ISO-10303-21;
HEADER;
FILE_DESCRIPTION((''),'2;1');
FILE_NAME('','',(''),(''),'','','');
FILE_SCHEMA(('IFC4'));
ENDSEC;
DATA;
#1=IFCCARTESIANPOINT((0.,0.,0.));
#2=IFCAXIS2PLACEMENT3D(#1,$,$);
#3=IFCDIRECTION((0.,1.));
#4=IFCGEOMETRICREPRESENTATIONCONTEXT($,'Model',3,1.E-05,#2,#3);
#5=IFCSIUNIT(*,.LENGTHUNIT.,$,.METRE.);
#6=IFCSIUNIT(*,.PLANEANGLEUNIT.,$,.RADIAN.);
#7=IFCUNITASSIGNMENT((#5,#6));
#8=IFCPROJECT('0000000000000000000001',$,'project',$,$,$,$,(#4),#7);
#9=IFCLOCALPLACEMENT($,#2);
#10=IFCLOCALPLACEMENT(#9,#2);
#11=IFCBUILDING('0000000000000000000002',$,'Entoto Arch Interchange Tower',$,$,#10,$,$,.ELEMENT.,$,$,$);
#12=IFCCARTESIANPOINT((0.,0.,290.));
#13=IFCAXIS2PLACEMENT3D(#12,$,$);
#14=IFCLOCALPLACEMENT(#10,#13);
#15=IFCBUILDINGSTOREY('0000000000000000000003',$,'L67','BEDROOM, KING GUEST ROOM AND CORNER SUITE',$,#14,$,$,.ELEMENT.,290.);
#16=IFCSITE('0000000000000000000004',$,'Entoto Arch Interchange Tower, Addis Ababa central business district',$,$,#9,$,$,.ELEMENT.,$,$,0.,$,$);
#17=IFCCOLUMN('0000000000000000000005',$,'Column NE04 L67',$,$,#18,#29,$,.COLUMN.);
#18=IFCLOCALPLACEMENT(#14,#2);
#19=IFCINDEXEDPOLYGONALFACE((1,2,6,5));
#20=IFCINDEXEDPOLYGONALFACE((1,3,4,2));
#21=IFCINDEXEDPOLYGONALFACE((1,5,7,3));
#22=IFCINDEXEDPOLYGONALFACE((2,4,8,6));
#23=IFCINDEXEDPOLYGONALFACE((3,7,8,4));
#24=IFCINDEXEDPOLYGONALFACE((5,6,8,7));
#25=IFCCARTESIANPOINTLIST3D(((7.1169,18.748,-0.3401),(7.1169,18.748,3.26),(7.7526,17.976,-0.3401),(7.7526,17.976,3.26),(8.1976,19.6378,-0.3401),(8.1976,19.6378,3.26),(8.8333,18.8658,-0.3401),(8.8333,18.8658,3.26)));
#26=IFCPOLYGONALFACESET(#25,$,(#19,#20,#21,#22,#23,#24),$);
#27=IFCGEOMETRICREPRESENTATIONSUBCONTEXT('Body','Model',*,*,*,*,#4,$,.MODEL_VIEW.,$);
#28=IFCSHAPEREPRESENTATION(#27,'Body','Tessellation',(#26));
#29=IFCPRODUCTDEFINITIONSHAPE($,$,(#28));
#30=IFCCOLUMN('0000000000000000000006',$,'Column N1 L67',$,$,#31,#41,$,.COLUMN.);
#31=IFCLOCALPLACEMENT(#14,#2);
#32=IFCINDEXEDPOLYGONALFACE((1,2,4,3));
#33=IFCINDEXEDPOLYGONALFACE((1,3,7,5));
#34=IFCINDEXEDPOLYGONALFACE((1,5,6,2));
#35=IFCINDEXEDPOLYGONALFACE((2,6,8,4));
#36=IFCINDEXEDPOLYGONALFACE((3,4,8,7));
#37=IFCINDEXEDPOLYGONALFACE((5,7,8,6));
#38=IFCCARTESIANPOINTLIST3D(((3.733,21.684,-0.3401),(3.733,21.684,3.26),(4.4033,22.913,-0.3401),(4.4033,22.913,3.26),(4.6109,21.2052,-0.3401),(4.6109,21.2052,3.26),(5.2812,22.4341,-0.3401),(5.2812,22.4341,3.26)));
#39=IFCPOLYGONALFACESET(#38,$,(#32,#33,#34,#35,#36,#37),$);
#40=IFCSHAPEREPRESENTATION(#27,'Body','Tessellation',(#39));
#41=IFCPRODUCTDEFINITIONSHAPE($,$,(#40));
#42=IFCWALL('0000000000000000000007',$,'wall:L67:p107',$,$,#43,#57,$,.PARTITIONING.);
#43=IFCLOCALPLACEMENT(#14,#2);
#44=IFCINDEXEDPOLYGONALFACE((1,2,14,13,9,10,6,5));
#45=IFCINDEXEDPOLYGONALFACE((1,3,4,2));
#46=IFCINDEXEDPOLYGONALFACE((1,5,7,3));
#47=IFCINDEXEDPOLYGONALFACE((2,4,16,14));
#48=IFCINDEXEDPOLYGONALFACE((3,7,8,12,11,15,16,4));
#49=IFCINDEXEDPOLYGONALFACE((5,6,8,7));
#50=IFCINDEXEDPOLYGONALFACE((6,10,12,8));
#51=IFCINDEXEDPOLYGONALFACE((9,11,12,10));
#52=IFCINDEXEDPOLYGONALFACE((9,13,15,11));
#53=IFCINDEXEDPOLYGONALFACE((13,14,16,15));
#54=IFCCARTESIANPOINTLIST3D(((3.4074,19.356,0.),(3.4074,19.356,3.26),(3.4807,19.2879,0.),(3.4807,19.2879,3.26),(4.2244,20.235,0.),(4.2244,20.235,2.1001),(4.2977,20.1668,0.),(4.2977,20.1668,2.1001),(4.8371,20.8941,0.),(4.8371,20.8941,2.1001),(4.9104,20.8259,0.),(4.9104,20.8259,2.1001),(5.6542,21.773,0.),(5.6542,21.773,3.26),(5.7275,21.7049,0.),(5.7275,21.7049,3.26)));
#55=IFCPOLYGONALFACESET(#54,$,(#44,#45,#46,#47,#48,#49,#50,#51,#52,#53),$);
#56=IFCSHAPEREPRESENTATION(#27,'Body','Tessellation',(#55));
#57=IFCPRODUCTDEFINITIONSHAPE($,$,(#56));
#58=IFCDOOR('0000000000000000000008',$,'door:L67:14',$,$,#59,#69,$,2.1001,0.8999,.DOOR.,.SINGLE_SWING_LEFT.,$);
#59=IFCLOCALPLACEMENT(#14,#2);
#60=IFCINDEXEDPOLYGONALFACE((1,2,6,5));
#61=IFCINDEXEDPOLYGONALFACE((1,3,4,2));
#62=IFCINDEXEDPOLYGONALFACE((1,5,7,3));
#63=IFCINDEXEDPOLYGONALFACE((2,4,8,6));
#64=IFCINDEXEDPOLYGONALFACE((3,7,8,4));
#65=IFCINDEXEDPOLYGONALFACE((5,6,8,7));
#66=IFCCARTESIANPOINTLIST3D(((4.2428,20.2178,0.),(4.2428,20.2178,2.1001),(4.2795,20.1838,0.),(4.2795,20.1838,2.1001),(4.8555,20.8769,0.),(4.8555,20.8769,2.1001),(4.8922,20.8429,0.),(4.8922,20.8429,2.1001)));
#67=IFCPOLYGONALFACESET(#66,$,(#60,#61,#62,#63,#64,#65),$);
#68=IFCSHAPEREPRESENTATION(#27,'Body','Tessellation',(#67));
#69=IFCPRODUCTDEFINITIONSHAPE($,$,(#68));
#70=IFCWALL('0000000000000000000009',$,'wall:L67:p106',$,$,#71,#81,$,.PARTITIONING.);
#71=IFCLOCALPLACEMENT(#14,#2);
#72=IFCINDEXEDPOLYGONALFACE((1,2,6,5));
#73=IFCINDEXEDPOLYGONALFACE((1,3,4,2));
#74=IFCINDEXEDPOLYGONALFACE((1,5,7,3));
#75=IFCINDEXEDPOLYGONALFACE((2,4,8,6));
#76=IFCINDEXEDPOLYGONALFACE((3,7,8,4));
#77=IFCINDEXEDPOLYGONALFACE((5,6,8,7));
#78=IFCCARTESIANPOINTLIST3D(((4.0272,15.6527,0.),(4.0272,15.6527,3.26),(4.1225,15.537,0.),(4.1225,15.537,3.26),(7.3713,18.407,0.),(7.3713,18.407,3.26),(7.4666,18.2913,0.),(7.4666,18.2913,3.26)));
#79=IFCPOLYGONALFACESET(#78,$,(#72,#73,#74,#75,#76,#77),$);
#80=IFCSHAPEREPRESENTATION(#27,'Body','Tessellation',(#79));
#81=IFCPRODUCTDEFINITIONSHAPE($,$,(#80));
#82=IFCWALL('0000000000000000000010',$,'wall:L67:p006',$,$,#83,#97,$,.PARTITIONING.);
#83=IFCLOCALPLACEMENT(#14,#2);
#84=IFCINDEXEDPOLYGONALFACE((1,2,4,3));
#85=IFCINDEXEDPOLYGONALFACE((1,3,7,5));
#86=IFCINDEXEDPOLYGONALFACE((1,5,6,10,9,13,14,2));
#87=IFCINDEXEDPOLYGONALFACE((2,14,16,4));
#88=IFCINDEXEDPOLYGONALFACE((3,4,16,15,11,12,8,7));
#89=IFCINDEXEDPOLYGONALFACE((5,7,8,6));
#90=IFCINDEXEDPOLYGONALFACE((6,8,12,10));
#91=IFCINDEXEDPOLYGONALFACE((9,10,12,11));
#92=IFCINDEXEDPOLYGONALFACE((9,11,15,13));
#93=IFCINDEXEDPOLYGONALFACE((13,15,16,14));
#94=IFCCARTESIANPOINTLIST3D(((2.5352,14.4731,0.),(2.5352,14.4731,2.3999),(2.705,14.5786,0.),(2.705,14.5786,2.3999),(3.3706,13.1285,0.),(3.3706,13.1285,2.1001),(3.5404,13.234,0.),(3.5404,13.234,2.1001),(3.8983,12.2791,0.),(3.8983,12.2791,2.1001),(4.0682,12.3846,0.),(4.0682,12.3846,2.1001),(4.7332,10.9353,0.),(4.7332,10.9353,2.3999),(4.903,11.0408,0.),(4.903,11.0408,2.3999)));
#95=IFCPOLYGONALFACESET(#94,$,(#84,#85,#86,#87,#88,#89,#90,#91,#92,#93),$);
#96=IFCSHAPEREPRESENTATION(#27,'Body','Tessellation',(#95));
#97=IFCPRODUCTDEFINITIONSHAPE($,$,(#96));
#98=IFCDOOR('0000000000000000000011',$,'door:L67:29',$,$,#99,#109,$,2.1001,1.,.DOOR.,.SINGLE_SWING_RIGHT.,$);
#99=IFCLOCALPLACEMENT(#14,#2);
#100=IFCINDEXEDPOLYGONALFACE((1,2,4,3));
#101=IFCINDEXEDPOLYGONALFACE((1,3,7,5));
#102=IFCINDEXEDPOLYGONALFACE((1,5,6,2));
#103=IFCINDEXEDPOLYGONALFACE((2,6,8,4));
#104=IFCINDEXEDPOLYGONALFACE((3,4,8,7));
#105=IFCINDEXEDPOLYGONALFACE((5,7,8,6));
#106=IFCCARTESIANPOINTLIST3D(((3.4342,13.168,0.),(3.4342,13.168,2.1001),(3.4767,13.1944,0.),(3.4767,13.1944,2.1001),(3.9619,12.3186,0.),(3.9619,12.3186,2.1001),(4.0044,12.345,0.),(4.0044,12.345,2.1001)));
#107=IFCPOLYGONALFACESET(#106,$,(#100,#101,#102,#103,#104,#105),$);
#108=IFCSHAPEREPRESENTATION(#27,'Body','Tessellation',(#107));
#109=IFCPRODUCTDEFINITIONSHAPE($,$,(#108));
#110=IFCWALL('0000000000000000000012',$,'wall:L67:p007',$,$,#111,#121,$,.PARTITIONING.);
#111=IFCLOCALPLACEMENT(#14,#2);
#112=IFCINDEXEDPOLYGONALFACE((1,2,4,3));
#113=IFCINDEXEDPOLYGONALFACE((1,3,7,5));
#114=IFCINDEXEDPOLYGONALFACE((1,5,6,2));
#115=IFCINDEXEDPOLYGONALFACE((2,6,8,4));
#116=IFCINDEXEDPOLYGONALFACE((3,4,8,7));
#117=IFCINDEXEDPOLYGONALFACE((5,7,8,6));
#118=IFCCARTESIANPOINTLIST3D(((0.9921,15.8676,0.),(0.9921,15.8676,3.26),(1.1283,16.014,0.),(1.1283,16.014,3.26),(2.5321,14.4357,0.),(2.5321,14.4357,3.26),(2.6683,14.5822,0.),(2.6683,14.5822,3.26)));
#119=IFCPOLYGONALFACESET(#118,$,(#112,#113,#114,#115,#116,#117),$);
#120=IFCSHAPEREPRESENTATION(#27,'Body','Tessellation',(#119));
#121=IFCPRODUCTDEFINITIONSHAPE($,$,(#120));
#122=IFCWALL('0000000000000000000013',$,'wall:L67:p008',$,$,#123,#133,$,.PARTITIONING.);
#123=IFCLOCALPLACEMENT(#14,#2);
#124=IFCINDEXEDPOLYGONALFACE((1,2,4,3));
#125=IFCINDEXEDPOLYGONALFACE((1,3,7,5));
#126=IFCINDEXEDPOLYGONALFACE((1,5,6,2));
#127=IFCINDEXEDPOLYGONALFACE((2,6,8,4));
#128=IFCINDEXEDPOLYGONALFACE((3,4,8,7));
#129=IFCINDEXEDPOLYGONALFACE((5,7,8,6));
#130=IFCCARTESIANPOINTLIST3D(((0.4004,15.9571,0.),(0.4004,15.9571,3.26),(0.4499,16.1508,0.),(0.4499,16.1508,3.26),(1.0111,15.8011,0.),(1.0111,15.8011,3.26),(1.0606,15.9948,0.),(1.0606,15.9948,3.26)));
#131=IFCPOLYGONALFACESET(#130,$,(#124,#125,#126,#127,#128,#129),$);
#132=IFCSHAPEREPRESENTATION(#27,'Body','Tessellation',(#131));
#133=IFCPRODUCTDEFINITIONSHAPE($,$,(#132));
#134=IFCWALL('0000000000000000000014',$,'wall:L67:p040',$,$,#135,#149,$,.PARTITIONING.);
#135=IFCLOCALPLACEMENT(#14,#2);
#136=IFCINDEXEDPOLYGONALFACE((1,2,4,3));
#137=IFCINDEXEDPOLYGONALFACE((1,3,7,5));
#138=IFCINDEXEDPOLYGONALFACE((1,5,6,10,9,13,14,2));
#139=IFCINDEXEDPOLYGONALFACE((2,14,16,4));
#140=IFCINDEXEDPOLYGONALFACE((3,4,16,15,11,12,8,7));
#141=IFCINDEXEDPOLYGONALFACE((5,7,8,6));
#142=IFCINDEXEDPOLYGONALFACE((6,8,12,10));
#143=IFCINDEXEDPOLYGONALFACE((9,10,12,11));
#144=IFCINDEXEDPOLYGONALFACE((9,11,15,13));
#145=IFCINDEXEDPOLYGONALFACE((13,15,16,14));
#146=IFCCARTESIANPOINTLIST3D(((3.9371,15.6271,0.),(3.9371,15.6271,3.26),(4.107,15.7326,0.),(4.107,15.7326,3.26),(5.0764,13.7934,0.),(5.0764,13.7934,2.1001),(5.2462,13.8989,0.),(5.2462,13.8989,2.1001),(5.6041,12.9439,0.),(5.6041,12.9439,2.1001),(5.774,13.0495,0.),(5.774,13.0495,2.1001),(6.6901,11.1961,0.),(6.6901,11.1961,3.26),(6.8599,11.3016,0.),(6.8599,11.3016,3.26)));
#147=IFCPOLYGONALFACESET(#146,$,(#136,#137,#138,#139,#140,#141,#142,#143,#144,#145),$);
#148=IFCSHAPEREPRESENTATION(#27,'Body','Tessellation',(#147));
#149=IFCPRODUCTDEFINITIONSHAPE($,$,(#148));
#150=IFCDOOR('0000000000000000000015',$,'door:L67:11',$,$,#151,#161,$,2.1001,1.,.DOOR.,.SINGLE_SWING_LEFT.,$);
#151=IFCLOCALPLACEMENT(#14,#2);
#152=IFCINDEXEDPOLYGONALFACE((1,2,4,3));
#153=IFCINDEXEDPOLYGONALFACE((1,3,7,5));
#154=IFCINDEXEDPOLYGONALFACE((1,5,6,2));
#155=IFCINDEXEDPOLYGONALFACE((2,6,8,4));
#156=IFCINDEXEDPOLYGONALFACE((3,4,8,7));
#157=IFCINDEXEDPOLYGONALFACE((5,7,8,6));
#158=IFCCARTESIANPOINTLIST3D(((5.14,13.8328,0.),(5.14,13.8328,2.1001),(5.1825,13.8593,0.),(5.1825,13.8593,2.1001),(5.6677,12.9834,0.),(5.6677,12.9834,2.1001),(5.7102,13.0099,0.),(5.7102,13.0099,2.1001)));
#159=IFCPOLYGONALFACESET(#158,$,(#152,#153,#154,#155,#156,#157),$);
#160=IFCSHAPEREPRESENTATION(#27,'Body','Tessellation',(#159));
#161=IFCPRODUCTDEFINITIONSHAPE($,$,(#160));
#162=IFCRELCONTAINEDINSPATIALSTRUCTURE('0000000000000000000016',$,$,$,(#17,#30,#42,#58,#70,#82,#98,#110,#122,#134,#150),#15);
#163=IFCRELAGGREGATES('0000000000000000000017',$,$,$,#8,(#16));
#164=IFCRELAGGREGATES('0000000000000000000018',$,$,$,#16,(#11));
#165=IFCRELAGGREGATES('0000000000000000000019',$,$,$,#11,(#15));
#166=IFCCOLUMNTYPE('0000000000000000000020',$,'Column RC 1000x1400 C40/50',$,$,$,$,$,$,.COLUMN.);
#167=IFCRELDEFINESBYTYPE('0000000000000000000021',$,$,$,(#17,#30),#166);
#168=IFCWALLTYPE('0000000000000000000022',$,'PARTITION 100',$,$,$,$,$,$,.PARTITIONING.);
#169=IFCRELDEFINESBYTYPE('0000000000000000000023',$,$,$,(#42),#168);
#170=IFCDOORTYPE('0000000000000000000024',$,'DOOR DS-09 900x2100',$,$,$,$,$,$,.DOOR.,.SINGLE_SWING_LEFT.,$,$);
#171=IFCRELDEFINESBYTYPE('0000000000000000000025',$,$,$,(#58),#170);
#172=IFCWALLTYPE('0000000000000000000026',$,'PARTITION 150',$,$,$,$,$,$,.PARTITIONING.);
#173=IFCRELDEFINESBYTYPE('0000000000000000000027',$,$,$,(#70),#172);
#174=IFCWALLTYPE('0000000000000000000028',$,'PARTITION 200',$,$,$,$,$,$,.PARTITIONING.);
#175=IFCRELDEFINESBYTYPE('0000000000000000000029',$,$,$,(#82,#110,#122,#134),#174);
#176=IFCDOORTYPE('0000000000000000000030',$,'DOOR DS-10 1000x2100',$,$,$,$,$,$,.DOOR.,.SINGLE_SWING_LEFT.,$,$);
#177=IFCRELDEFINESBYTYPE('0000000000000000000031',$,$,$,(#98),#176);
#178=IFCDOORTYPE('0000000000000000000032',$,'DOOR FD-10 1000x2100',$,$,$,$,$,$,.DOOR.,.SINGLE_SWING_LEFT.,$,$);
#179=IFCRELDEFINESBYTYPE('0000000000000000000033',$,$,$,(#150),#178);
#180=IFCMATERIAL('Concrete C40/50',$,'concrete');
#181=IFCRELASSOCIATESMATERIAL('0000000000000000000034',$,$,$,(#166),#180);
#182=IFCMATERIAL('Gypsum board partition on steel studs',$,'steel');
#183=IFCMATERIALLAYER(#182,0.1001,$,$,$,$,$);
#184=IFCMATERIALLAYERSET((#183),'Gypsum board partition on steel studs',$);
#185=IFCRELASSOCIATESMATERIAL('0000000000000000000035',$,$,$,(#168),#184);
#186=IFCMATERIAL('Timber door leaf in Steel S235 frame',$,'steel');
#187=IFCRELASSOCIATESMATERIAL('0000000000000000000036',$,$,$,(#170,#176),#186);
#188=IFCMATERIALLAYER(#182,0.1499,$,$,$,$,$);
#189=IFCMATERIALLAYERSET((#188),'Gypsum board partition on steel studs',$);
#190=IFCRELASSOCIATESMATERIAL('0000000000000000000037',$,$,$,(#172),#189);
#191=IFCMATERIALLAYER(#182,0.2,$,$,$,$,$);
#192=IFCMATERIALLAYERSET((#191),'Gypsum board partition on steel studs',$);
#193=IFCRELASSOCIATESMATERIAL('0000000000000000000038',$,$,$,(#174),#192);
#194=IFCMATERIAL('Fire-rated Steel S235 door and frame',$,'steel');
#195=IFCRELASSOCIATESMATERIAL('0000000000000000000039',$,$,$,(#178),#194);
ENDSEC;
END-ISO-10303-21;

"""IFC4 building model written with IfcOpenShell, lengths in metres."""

from ifc_helpers import new_model, si_unit, direction, frame, frame_2d, origin, origin_2d, place, context, subcontext, project, spatial, rectangle, extrude, material, layer, layer_set, material_profile, profile_set, type_object, element, fill, save


model = new_model("IFC4")

# Units and contexts
model_context = context("Model", 3, precision=1e-05, world=origin(), true_north=direction((0.0, 1.0)))
body_context = subcontext(model_context, "Body", "Model", "MODEL_VIEW")
ifc_project = project(units=[si_unit("LENGTHUNIT", "METRE"), si_unit("PLANEANGLEUNIT", "RADIAN")], contexts=[model_context])

# Site, building, storey
site_placement = place(None, origin())
site = spatial("IfcSite", under=ifc_project, at=site_placement, Name="Entoto Arch Interchange Tower, Addis Ababa central business district", CompositionType="ELEMENT", RefElevation=0.0)
building_placement = place(site_placement, origin())
building = spatial("IfcBuilding", under=site, at=building_placement, Name="Entoto Arch Interchange Tower", CompositionType="ELEMENT")
storey_placement = place(building_placement, frame((0.0, 0.0, 290.0)))
storey = spatial("IfcBuildingStorey", under=building, at=storey_placement, Name="L67", Description="BEDROOM, KING GUEST ROOM AND CORNER SUITE", CompositionType="ELEMENT", Elevation=290.0)

# Columns
ifc_material_1 = material(Name="Concrete C40/50", Category="concrete")
ifc_material_profile = material_profile(ifc_material_1, rectangle(XDim=1.0, YDim=1.3999, at=origin_2d()))
ifc_profile_set = profile_set([ifc_material_profile], Name="Concrete C40/50")
column_type = type_object("IfcColumnType", Name="Column RC 1000x1400 C40/50", PredefinedType="COLUMN", material=ifc_profile_set)
for number, where, z_axis, x_axis, name in (
    (1, (7.9751, 18.8069, -0.3401), (0.0, 0.0, 1.0), (-0.635647, 0.77198, 0.0), "Column NE04 L67"),
    (2, (4.5071, 22.0591, -0.3401), (0.0, 0.0, 1.0), (-0.877899, 0.478845, 0.0), "Column N1 L67"),
):
    element("IfcColumn", number, at=place(storey_placement, frame(where, z_axis=z_axis, x_axis=x_axis)), inside=storey, type_object=column_type, Name=name, PredefinedType="COLUMN", context=body_context, shape_type="SweptSolid", body=[
        extrude(rectangle(XDim=1.0, YDim=1.3999, at=origin_2d()), origin(), (0.0, 0.0, 1.0), 3.6001),
    ])

# Wall, opening, door
ifc_material_2 = material(Name="Gypsum board partition on steel studs", Category="steel")
ifc_layer_1 = layer(ifc_material_2, 0.1001)
ifc_layer_set_1 = layer_set([ifc_layer_1], Name="Gypsum board partition on steel studs")
wall_type_1 = type_object("IfcWallType", Name="PARTITION 100", PredefinedType="PARTITIONING", material=ifc_layer_set_1)
wall_1_placement = place(storey_placement, frame((3.4441, 19.322, 0.0), z_axis=(0.0, 0.0, 1.0), x_axis=(0.680854, 0.732419, 0.0)))
wall_1 = element("IfcWall", 3, at=wall_1_placement, inside=storey, type_object=wall_type_1, Name="wall:L67:p107", PredefinedType="PARTITIONING", context=body_context, shape_type="SweptSolid", body=[
    extrude(rectangle(XDim=3.3, YDim=0.1001, at=frame_2d((1.6499, 0.0))), origin(), (0.0, 0.0, 1.0), 3.26),
])
opening_1_placement = place(wall_1_placement, frame((1.2, 0.0, 0.0)))
opening_1 = element("IfcOpeningElement", 4, at=opening_1_placement, cuts=wall_1, PredefinedType="OPENING", context=body_context, shape_type="SweptSolid", body=[
    extrude(rectangle(XDim=0.8999, YDim=2.1001, at=frame_2d((0.45, 1.05))), frame((0.0, 0.0601, 0.0), z_axis=(0.0, -1.0, 0.0), x_axis=(1.0, 0.0, 0.0)), (0.0, 0.0, 1.0), 0.1201),
])
ifc_material_3 = material(Name="Timber door leaf in Steel S235 frame", Category="steel")
door_type_1 = type_object("IfcDoorType", Name="DOOR DS-09 900x2100", OperationType="SINGLE_SWING_LEFT", PredefinedType="DOOR", material=ifc_material_3)
door_1_placement = place(opening_1_placement, origin())
door_1 = element("IfcDoor", 5, at=door_1_placement, inside=storey, type_object=door_type_1, Name="door:L67:14", OperationType="SINGLE_SWING_LEFT", OverallHeight=2.1001, OverallWidth=0.8999, PredefinedType="DOOR", context=body_context, shape_type="SweptSolid", body=[
    extrude(rectangle(XDim=0.8999, YDim=2.1001, at=frame_2d((0.45, 1.05))), frame((0.0, 0.0249, 0.0), z_axis=(0.0, -1.0, 0.0), x_axis=(1.0, 0.0, 0.0)), (0.0, 0.0, 1.0), 0.05),
])
fill(opening_1, door_1)

# Wall
ifc_layer_2 = layer(ifc_material_2, 0.1499)
ifc_layer_set_2 = layer_set([ifc_layer_2], Name="Gypsum board partition on steel studs")
wall_type_2 = type_object("IfcWallType", Name="PARTITION 150", PredefinedType="PARTITIONING", material=ifc_layer_set_2)
wall_2_placement = place(storey_placement, frame((4.075, 15.595, 0.0), z_axis=(0.0, 0.0, 1.0), x_axis=(0.771899, 0.635745, 0.0)))
element("IfcWall", 6, at=wall_2_placement, inside=storey, type_object=wall_type_2, Name="wall:L67:p106", PredefinedType="PARTITIONING", context=body_context, shape_type="SweptSolid", body=[
    extrude(rectangle(XDim=4.3323, YDim=0.1499, at=frame_2d((2.166, 0.0))), origin(), (0.0, 0.0, 1.0), 3.26),
])

# Wall, opening, door
ifc_layer_3 = layer(ifc_material_2, 0.2)
ifc_layer_set_3 = layer_set([ifc_layer_3], Name="Gypsum board partition on steel studs")
wall_type_3 = type_object("IfcWallType", Name="PARTITION 200", PredefinedType="PARTITIONING", material=ifc_layer_set_3)
wall_3_placement = place(storey_placement, frame((2.6201, 14.5259, 0.0), z_axis=(0.0, 0.0, 1.0), x_axis=(0.527726, -0.849415, 0.0)))
wall_3 = element("IfcWall", 7, at=wall_3_placement, inside=storey, type_object=wall_type_3, Name="wall:L67:p006", PredefinedType="PARTITIONING", context=body_context, shape_type="SweptSolid", body=[
    extrude(rectangle(XDim=4.165, YDim=0.2, at=frame_2d((2.0825, 0.0))), origin(), (0.0, 0.0, 1.0), 2.3999),
])
opening_2_placement = place(wall_3_placement, frame((1.583, 0.0, 0.0)))
opening_2 = element("IfcOpeningElement", 8, at=opening_2_placement, cuts=wall_3, PredefinedType="OPENING", context=body_context, shape_type="SweptSolid", body=[
    extrude(rectangle(XDim=1.0, YDim=2.1001, at=frame_2d((0.5, 1.05))), frame((0.0, 0.1099, 0.0), z_axis=(0.0, -1.0, 0.0), x_axis=(1.0, 0.0, 0.0)), (0.0, 0.0, 1.0), 0.22),
])
door_type_2 = type_object("IfcDoorType", Name="DOOR DS-10 1000x2100", OperationType="SINGLE_SWING_LEFT", PredefinedType="DOOR", material=ifc_material_3)
door_2_placement = place(opening_2_placement, origin())
door_2 = element("IfcDoor", 9, at=door_2_placement, inside=storey, type_object=door_type_2, Name="door:L67:29", OperationType="SINGLE_SWING_RIGHT", OverallHeight=2.1001, OverallWidth=1.0, PredefinedType="DOOR", context=body_context, shape_type="SweptSolid", body=[
    extrude(rectangle(XDim=1.0, YDim=2.1001, at=frame_2d((0.5, 1.05))), frame((0.0, 0.0249, 0.0), z_axis=(0.0, -1.0, 0.0), x_axis=(1.0, 0.0, 0.0)), (0.0, 0.0, 1.0), 0.05),
])
fill(opening_2, door_2)

# Walls
wall_4_placement = place(storey_placement, frame((2.6001, 14.509, 0.0), z_axis=(0.0, 0.0, 1.0), x_axis=(-0.732355, 0.680923, 0.0)))
element("IfcWall", 10, at=wall_4_placement, inside=storey, type_object=wall_type_3, Name="wall:L67:p007", PredefinedType="PARTITIONING", context=body_context, shape_type="SweptSolid", body=[
    extrude(rectangle(XDim=2.1028, YDim=0.2, at=frame_2d((1.0513, 0.0))), origin(), (0.0, 0.0, 1.0), 3.26),
])
wall_5_placement = place(storey_placement, frame((1.0359, 15.8979, 0.0), z_axis=(0.0, 0.0, 1.0), x_axis=(-0.9689, 0.247453, 0.0)))
element("IfcWall", 11, at=wall_5_placement, inside=storey, type_object=wall_type_3, Name="wall:L67:p008", PredefinedType="PARTITIONING", context=body_context, shape_type="SweptSolid", body=[
    extrude(rectangle(XDim=0.6304, YDim=0.2, at=frame_2d((0.3152, 0.0))), origin(), (0.0, 0.0, 1.0), 3.26),
])

# Wall, opening, door
wall_6_placement = place(storey_placement, frame((4.022, 15.6799, 0.0), z_axis=(0.0, 0.0, 1.0), x_axis=(0.527738, -0.849407, 0.0)))
wall_6 = element("IfcWall", 12, at=wall_6_placement, inside=storey, type_object=wall_type_3, Name="wall:L67:p040", PredefinedType="PARTITIONING", context=body_context, shape_type="SweptSolid", body=[
    extrude(rectangle(XDim=5.2166, YDim=0.2, at=frame_2d((2.6084, 0.0))), origin(), (0.0, 0.0, 1.0), 3.26),
])
opening_3_placement = place(wall_6_placement, frame((2.1589, 0.0, 0.0)))
opening_3 = element("IfcOpeningElement", 13, at=opening_3_placement, cuts=wall_6, PredefinedType="OPENING", context=body_context, shape_type="SweptSolid", body=[
    extrude(rectangle(XDim=1.0, YDim=2.1001, at=frame_2d((0.5, 1.05))), frame((0.0, 0.1099, 0.0), z_axis=(0.0, -1.0, 0.0), x_axis=(1.0, 0.0, 0.0)), (0.0, 0.0, 1.0), 0.22),
])
ifc_material_4 = material(Name="Fire-rated Steel S235 door and frame", Category="steel")
door_type_3 = type_object("IfcDoorType", Name="DOOR FD-10 1000x2100", OperationType="SINGLE_SWING_LEFT", PredefinedType="DOOR", material=ifc_material_4)
door_3_placement = place(opening_3_placement, origin())
door_3 = element("IfcDoor", 14, at=door_3_placement, inside=storey, type_object=door_type_3, Name="door:L67:11", OperationType="SINGLE_SWING_LEFT", OverallHeight=2.1001, OverallWidth=1.0, PredefinedType="DOOR", context=body_context, shape_type="SweptSolid", body=[
    extrude(rectangle(XDim=1.0, YDim=2.1001, at=frame_2d((0.5, 1.05))), frame((0.0, 0.0249, 0.0), z_axis=(0.0, -1.0, 0.0), x_axis=(1.0, 0.0, 0.0)), (0.0, 0.0, 1.0), 0.05),
])
fill(opening_3, door_3)

save(model, "model.ifc")
